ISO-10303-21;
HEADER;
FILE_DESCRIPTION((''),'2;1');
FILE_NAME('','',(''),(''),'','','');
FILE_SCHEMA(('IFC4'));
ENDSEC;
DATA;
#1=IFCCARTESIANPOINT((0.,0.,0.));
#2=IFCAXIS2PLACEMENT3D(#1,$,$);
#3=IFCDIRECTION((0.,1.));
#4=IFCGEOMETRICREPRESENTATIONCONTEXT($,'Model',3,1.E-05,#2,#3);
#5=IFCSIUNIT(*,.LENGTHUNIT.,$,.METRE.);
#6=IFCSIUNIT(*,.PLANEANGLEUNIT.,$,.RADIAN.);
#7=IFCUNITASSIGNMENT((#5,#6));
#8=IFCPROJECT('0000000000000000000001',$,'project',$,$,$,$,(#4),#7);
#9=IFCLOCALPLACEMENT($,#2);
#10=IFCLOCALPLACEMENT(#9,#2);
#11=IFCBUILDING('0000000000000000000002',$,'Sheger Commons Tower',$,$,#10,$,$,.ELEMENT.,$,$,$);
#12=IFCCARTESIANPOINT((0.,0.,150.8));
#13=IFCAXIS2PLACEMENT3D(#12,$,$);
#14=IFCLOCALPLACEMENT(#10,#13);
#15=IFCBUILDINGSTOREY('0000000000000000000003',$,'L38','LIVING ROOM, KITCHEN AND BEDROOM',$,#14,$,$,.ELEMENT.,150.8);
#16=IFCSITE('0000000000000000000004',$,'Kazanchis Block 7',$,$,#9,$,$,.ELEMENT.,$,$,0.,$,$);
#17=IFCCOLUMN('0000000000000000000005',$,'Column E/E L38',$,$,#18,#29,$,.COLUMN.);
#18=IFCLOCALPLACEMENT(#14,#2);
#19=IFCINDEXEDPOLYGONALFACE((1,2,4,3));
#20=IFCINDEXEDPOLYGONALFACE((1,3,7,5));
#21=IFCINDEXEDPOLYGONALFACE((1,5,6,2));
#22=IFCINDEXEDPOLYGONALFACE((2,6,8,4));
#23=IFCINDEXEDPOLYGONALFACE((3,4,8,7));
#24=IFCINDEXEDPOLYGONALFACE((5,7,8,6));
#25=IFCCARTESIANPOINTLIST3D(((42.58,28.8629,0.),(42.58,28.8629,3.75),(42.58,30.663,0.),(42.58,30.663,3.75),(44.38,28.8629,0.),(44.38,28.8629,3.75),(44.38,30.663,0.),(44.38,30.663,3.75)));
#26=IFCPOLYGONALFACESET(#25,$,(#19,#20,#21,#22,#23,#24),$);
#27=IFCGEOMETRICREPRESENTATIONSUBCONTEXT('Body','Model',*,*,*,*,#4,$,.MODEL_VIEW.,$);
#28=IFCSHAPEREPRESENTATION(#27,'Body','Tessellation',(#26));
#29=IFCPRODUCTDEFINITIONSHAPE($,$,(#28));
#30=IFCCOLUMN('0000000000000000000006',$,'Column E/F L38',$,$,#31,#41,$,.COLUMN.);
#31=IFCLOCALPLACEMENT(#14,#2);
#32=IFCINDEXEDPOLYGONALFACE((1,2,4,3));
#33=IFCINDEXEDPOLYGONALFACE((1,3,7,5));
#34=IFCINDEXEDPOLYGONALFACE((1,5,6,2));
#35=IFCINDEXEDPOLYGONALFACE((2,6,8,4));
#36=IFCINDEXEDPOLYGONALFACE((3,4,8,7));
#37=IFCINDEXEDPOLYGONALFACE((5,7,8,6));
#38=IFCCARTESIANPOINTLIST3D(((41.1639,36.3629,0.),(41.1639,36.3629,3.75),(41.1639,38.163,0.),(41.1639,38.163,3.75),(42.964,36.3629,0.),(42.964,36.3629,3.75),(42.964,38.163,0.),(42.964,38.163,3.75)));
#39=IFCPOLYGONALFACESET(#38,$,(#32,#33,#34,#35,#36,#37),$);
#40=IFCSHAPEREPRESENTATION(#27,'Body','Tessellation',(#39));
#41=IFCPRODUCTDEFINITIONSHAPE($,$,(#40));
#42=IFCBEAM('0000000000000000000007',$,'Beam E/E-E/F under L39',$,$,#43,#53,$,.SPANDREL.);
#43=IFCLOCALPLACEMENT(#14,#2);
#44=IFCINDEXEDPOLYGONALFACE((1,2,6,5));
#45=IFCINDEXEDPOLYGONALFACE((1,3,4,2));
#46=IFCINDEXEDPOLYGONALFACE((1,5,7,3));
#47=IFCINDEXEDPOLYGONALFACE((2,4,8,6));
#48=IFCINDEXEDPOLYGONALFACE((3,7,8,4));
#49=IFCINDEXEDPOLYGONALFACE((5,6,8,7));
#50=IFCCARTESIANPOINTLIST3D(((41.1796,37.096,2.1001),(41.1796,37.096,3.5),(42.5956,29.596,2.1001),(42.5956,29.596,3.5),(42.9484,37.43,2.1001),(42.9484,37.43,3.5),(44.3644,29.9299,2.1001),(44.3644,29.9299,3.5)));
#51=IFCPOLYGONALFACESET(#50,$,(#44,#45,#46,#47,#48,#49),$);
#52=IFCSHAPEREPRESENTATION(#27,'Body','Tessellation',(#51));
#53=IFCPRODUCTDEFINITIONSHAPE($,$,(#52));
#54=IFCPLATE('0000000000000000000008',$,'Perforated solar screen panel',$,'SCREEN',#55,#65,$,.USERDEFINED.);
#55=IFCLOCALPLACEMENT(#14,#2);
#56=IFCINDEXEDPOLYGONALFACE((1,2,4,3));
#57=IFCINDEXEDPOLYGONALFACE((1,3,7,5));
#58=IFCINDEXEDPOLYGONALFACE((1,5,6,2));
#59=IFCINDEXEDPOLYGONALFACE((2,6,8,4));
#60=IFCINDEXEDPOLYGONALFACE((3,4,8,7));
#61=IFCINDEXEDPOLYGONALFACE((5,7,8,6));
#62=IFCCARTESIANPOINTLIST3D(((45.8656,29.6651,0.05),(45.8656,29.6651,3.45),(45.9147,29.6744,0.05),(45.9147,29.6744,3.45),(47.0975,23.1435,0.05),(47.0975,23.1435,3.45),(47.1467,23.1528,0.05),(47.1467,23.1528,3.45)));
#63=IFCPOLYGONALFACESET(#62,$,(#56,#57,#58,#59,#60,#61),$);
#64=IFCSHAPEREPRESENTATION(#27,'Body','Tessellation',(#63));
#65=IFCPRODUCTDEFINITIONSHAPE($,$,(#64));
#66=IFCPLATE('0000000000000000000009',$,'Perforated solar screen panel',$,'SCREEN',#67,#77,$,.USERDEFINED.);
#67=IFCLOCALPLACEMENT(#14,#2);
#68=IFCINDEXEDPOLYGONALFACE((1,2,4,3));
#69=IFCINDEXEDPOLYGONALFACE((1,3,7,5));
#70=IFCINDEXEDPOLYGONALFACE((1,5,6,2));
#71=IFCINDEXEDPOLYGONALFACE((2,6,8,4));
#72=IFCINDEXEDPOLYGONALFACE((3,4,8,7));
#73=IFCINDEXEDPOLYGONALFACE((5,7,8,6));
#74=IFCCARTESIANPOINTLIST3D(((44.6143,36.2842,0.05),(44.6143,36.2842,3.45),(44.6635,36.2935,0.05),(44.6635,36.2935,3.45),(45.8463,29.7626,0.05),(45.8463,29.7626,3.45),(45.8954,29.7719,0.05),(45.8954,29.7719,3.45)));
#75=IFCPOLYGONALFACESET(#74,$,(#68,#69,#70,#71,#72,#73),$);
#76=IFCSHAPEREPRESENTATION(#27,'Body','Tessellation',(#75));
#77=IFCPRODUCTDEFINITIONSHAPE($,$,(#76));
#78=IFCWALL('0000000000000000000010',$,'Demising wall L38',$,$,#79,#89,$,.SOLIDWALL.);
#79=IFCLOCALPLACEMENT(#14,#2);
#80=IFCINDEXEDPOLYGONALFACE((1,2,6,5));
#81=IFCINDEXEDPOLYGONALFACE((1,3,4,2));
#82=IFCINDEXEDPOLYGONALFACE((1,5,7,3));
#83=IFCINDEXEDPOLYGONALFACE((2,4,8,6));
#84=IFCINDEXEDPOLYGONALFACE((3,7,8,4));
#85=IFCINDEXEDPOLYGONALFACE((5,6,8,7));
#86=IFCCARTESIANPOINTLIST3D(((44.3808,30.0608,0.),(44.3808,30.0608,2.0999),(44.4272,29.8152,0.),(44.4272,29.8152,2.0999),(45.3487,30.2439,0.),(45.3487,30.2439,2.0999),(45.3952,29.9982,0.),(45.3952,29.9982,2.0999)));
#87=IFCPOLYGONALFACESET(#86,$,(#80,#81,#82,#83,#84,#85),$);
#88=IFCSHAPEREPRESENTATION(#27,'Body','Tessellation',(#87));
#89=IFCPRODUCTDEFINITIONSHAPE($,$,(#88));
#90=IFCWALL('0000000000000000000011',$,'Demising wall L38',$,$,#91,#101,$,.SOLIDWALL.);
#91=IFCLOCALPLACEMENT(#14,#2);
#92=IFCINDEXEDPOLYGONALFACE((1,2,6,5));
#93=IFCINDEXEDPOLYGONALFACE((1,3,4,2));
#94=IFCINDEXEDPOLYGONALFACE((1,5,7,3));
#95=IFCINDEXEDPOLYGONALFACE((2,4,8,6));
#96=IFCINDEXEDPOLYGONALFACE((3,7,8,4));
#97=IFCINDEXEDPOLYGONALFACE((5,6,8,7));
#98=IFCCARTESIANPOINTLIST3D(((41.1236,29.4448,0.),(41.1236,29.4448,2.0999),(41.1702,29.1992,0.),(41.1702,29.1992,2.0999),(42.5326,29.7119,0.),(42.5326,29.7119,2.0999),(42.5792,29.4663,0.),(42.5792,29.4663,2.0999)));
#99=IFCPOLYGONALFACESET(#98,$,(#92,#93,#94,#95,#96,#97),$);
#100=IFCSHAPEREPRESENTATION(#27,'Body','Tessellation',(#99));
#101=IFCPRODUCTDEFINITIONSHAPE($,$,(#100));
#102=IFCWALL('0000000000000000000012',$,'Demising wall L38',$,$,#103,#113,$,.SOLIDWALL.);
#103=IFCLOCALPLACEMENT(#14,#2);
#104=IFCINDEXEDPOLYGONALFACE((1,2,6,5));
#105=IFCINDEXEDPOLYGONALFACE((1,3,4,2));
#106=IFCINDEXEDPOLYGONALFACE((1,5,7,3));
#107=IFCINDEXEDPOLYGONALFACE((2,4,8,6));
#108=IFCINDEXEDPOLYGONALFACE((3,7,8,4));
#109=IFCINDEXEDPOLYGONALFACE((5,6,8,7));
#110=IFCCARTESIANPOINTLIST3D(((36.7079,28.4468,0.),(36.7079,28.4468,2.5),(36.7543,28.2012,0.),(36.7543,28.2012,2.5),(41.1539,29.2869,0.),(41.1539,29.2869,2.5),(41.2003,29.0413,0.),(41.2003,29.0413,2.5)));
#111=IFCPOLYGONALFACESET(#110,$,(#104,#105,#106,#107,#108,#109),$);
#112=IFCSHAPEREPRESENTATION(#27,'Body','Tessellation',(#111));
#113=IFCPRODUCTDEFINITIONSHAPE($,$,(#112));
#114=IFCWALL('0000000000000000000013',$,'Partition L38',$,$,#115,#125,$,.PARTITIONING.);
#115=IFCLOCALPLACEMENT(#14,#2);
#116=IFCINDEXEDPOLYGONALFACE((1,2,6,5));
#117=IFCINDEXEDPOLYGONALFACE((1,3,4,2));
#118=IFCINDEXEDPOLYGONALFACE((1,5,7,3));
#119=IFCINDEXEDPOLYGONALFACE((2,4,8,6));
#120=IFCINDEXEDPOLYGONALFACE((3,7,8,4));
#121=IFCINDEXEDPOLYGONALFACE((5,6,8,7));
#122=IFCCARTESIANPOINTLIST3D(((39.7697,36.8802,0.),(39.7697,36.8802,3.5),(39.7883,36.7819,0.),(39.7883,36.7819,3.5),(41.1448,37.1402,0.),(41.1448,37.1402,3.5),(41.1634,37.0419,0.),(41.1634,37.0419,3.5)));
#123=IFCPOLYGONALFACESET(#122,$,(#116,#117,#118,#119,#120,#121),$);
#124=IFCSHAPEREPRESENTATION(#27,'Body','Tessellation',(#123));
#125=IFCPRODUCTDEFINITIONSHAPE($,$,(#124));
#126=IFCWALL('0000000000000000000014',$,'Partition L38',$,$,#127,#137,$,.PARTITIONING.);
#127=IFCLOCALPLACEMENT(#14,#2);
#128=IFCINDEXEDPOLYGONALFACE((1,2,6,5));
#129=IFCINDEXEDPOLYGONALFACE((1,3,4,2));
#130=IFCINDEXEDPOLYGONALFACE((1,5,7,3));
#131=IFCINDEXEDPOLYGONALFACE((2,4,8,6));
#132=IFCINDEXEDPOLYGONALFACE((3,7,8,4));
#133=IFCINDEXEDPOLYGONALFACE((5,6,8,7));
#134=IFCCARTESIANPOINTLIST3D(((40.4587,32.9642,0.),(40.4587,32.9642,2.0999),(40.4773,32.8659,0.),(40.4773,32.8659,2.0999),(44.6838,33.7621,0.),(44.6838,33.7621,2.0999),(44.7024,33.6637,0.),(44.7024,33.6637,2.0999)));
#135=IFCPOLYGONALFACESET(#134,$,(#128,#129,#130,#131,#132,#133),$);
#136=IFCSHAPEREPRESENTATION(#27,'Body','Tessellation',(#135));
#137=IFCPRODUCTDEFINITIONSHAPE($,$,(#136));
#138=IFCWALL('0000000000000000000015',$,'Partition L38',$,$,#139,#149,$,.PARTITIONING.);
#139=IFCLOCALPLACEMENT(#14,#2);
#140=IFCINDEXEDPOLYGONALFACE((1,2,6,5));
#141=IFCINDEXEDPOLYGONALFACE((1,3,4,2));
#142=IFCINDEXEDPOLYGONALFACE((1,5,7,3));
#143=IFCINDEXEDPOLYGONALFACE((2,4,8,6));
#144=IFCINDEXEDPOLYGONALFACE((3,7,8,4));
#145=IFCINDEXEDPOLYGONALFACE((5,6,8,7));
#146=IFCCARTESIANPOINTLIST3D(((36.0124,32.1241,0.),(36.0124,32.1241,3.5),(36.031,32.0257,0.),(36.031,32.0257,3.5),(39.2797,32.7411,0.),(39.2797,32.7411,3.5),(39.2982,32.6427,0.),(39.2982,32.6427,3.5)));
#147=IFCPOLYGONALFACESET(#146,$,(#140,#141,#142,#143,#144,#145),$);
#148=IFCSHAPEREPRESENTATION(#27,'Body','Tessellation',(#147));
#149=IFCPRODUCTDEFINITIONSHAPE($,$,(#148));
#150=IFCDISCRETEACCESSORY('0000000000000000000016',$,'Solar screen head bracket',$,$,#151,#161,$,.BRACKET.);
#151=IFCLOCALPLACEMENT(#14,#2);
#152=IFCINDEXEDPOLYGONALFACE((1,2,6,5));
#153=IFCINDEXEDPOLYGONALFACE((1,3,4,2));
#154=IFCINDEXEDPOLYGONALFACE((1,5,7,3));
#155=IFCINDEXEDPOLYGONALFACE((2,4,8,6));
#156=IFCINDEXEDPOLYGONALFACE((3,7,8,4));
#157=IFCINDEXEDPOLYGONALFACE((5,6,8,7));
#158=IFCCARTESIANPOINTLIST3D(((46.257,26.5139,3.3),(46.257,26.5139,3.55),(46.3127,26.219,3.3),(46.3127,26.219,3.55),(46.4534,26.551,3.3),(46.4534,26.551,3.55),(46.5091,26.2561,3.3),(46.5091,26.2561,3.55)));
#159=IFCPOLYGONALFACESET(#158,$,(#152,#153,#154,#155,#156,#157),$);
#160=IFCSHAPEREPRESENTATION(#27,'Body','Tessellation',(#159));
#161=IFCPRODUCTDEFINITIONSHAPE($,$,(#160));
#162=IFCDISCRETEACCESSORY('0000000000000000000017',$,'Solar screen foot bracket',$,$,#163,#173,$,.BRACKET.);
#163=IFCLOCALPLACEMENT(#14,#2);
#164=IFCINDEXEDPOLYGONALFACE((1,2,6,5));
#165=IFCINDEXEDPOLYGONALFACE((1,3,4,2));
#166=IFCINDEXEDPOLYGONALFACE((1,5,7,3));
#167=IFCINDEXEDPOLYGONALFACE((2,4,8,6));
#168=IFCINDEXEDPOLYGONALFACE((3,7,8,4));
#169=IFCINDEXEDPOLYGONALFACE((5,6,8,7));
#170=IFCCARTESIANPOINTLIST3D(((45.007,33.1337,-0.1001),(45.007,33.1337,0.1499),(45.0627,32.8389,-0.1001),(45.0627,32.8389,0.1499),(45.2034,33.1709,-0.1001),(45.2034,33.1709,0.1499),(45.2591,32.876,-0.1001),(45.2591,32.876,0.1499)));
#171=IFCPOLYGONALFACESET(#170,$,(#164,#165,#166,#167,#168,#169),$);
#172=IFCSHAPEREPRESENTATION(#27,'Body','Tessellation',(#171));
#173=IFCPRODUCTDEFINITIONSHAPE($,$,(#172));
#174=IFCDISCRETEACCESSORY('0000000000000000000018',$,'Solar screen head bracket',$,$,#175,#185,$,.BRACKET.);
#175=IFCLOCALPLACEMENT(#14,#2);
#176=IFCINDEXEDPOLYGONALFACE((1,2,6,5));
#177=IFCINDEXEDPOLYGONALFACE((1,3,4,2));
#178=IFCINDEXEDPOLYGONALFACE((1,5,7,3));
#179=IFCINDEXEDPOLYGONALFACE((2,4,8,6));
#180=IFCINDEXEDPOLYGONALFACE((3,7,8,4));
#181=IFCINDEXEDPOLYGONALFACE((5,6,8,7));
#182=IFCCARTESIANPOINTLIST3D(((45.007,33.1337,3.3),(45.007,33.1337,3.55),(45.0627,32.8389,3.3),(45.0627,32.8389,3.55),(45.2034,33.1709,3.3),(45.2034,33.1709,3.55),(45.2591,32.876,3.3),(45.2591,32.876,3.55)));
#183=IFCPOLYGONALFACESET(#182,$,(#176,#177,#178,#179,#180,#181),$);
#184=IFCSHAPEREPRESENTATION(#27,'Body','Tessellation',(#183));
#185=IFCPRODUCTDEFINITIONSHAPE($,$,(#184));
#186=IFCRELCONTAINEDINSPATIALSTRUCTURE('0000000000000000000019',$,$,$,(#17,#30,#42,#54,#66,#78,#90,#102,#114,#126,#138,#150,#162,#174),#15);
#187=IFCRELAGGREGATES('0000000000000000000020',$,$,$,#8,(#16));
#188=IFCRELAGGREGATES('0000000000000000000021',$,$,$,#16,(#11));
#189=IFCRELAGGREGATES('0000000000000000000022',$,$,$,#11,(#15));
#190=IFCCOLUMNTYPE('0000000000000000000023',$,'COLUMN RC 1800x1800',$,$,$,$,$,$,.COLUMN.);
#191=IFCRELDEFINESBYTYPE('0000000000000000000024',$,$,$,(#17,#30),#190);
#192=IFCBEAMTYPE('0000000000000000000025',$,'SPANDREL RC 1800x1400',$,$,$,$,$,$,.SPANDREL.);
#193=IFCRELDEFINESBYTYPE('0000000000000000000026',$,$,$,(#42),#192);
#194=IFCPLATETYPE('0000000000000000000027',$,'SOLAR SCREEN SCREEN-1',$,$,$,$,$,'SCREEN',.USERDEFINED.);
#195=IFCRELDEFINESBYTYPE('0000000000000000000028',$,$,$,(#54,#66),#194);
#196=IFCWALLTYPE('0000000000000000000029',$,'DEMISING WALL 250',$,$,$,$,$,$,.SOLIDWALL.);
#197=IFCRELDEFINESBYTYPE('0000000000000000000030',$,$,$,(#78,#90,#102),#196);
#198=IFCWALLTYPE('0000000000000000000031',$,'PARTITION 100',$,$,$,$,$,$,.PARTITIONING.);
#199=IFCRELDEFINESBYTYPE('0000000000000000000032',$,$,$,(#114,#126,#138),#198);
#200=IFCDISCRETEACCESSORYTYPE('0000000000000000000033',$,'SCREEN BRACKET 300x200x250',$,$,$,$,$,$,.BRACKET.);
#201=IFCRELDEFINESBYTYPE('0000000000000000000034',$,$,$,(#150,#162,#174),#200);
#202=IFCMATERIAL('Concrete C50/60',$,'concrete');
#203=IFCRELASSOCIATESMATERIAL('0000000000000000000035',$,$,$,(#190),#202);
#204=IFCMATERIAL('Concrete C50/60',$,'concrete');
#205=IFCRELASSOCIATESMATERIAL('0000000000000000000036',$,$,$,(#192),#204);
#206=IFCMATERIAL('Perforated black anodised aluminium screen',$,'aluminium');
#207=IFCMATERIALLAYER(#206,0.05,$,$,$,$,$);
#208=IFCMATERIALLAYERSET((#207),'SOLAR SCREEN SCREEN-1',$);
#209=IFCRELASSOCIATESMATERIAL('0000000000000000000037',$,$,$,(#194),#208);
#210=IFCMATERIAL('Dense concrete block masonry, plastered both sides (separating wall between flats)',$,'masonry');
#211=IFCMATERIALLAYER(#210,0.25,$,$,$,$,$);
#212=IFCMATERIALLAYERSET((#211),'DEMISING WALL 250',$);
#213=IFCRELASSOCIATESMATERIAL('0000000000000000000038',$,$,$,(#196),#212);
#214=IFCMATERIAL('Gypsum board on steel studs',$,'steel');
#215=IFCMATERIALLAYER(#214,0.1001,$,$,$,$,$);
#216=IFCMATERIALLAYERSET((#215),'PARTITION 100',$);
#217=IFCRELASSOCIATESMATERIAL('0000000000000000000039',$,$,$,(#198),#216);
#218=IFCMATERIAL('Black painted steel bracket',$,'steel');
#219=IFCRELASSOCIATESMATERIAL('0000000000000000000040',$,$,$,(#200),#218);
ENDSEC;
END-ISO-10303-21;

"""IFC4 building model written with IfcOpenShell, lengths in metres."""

from ifc_helpers import new_model, si_unit, direction, frame, frame_2d, origin, origin_2d, place, context, subcontext, project, spatial, rectangle, extrude, material, layer, layer_set, material_profile, profile_set, type_object, element, save


model = new_model("IFC4")

# Units and contexts
model_context = context("Model", 3, precision=1e-05, world=origin(), true_north=direction((0.0, 1.0)))
body_context = subcontext(model_context, "Body", "Model", "MODEL_VIEW")
ifc_project = project(units=[si_unit("LENGTHUNIT", "METRE"), si_unit("PLANEANGLEUNIT", "RADIAN")], contexts=[model_context])

# Site, building, storey
site_placement = place(None, origin())
site = spatial("IfcSite", under=ifc_project, at=site_placement, Name="Kazanchis Block 7", CompositionType="ELEMENT", RefElevation=0.0)
building_placement = place(site_placement, origin())
building = spatial("IfcBuilding", under=site, at=building_placement, Name="Sheger Commons Tower", CompositionType="ELEMENT")
storey_placement = place(building_placement, frame((0.0, 0.0, 150.8)))
storey = spatial("IfcBuildingStorey", under=building, at=storey_placement, Name="L38", Description="LIVING ROOM, KITCHEN AND BEDROOM", CompositionType="ELEMENT", Elevation=150.8)

# Columns
ifc_material_1 = material(Name="Concrete C50/60", Category="concrete")
ifc_material_profile_1 = material_profile(ifc_material_1, rectangle(XDim=1.8, YDim=1.8, at=origin_2d()), Name="RC 1800x1800")
ifc_profile_set_1 = profile_set([ifc_material_profile_1], Name="Concrete C50/60")
column_type = type_object("IfcColumnType", Name="COLUMN RC 1800x1800", PredefinedType="COLUMN", material=ifc_profile_set_1)
for number, where, z_axis, x_axis, name in (
    (1, (43.48, 29.7629, 0.0), (0.0, 0.0, 1.0), (1.0, 0.0, 0.0), "Column E/E L38"),
    (2, (42.064, 37.2629, 0.0), (0.0, 0.0, 1.0), (1.0, 0.0, 0.0), "Column E/F L38"),
):
    element("IfcColumn", number, at=place(storey_placement, frame(where, z_axis=z_axis, x_axis=x_axis)), inside=storey, type_object=column_type, Name=name, PredefinedType="COLUMN", context=body_context, shape_type="SweptSolid", body=[
        extrude(rectangle(XDim=1.8, YDim=1.8, at=origin_2d()), origin(), (0.0, 0.0, 1.0), 3.75),
    ])

# Beam
ifc_material_2 = material(Name="Concrete C50/60", Category="concrete")
ifc_material_profile_2 = material_profile(ifc_material_2, rectangle(XDim=1.8, YDim=1.3999, at=origin_2d()), Name="RC 1800x1400")
ifc_profile_set_2 = profile_set([ifc_material_profile_2], Name="Concrete C50/60")
beam_type = type_object("IfcBeamType", Name="SPANDREL RC 1800x1400", PredefinedType="SPANDREL", material=ifc_profile_set_2)
beam_placement = place(storey_placement, frame((43.48, 29.7629, 2.8), z_axis=(-0.185524, 0.98264, 0.0), x_axis=(-0.98264, -0.185524, 0.0)))
element("IfcBeam", 3, at=beam_placement, inside=storey, type_object=beam_type, Name="Beam E/E-E/F under L39", PredefinedType="SPANDREL", context=body_context, shape_type="SweptSolid", body=[
    extrude(rectangle(XDim=1.8, YDim=1.3999, at=origin_2d()), origin(), (0.0, 0.0, 1.0), 7.6326),
])

# Plates
ifc_material_3 = material(Name="Perforated black anodised aluminium screen", Category="aluminium")
ifc_layer_1 = layer(ifc_material_3, 0.05)
ifc_layer_set_1 = layer_set([ifc_layer_1], Name="SOLAR SCREEN SCREEN-1")
plate_type = type_object("IfcPlateType", Name="SOLAR SCREEN SCREEN-1", ElementType="SCREEN", PredefinedType="USERDEFINED", material=ifc_layer_set_1)
for number, where, z_axis, x_axis, name in (
    (4, (46.5061, 26.4089, 0.05), (0.0, 0.0, 1.0), (-0.185615, 0.982623, 0.0), "Perforated solar screen panel"),
    (5, (45.2549, 33.0281, 0.05), (0.0, 0.0, 1.0), (-0.185615, 0.982623, 0.0), "Perforated solar screen panel"),
):
    element("IfcPlate", number, at=place(storey_placement, frame(where, z_axis=z_axis, x_axis=x_axis)), inside=storey, type_object=plate_type, Name=name, ObjectType="SCREEN", PredefinedType="USERDEFINED", context=body_context, shape_type="SweptSolid", body=[
        extrude(rectangle(XDim=6.637, YDim=0.05, at=origin_2d()), origin(), (0.0, 0.0, 1.0), 3.3999),
    ])

# Walls
ifc_material_4 = material(Name="Dense concrete block masonry, plastered both sides (separating wall between flats)", Category="masonry")
ifc_layer_2 = layer(ifc_material_4, 0.25)
ifc_layer_set_2 = layer_set([ifc_layer_2], Name="DEMISING WALL 250")
wall_type_1 = type_object("IfcWallType", Name="DEMISING WALL 250", PredefinedType="SOLIDWALL", material=ifc_layer_set_2)
wall_1_placement = place(storey_placement, frame((45.3721, 30.1211, 0.0), z_axis=(0.0, 0.0, 1.0), x_axis=(-0.982576, -0.185859, 0.0)))
element("IfcWall", 6, at=wall_1_placement, inside=storey, type_object=wall_type_1, Name="Demising wall L38", PredefinedType="SOLIDWALL", context=body_context, shape_type="SweptSolid", body=[
    extrude(rectangle(XDim=0.9851, YDim=0.25, at=frame_2d((0.4927, 0.0))), origin(), (0.0, 0.0, 1.0), 2.0999),
])
wall_2_placement = place(storey_placement, frame((42.5559, 29.5891, 0.0), z_axis=(0.0, 0.0, 1.0), x_axis=(-0.982502, -0.186251, 0.0)))
element("IfcWall", 7, at=wall_2_placement, inside=storey, type_object=wall_type_1, Name="Demising wall L38", PredefinedType="SOLIDWALL", context=body_context, shape_type="SweptSolid", body=[
    extrude(rectangle(XDim=1.4341, YDim=0.25, at=frame_2d((0.717, 0.0))), origin(), (0.0, 0.0, 1.0), 2.0999),
])
wall_3_placement = place(storey_placement, frame((41.177, 29.1641, 0.0), z_axis=(0.0, 0.0, 1.0), x_axis=(-0.982613, -0.185666, 0.0)))
element("IfcWall", 8, at=wall_3_placement, inside=storey, type_object=wall_type_1, Name="Demising wall L38", PredefinedType="SOLIDWALL", context=body_context, shape_type="SweptSolid", body=[
    extrude(rectangle(XDim=4.5247, YDim=0.25, at=frame_2d((2.2622, 0.0))), origin(), (0.0, 0.0, 1.0), 2.5),
])
ifc_material_5 = material(Name="Gypsum board on steel studs", Category="steel")
ifc_layer_3 = layer(ifc_material_5, 0.1001)
ifc_layer_set_3 = layer_set([ifc_layer_3], Name="PARTITION 100")
wall_type_2 = type_object("IfcWallType", Name="PARTITION 100", PredefinedType="PARTITIONING", material=ifc_layer_set_3)
wall_4_placement = place(storey_placement, frame((41.1541, 37.0911, 0.0), z_axis=(0.0, 0.0, 1.0), x_axis=(-0.982587, -0.185805, 0.0)))
element("IfcWall", 9, at=wall_4_placement, inside=storey, type_object=wall_type_2, Name="Partition L38", PredefinedType="PARTITIONING", context=body_context, shape_type="SweptSolid", body=[
    extrude(rectangle(XDim=1.3994, YDim=0.1001, at=frame_2d((0.6997, 0.0))), origin(), (0.0, 0.0, 1.0), 3.5),
])
wall_5_placement = place(storey_placement, frame((44.6931, 33.7129, 0.0), z_axis=(0.0, 0.0, 1.0), x_axis=(-0.982634, -0.185557, 0.0)))
element("IfcWall", 10, at=wall_5_placement, inside=storey, type_object=wall_type_2, Name="Partition L38", PredefinedType="PARTITIONING", context=body_context, shape_type="SweptSolid", body=[
    extrude(rectangle(XDim=4.2998, YDim=0.1001, at=frame_2d((2.1499, 0.0))), origin(), (0.0, 0.0, 1.0), 2.0999),
])
wall_6_placement = place(storey_placement, frame((39.2891, 32.6919, 0.0), z_axis=(0.0, 0.0, 1.0), x_axis=(-0.982634, -0.185556, 0.0)))
element("IfcWall", 11, at=wall_6_placement, inside=storey, type_object=wall_type_2, Name="Partition L38", PredefinedType="PARTITIONING", context=body_context, shape_type="SweptSolid", body=[
    extrude(rectangle(XDim=3.325, YDim=0.1001, at=frame_2d((1.6626, 0.0))), origin(), (0.0, 0.0, 1.0), 3.5),
])

# Discrete accessories
ifc_material_6 = material(Name="Black painted steel bracket", Category="steel")
discrete_accessory_type = type_object("IfcDiscreteAccessoryType", Name="SCREEN BRACKET 300x200x250", PredefinedType="BRACKET", material=ifc_material_6)
for number, where, z_axis, x_axis, name in (
    (12, (46.3831, 26.385, 3.3), (0.0, 0.0, 1.0), (-0.185615, 0.982623, 0.0), "Solar screen head bracket"),
    (13, (45.1331, 33.0049, -0.1001), (0.0, 0.0, 1.0), (-0.185615, 0.982623, 0.0), "Solar screen foot bracket"),
    (14, (45.1331, 33.0049, 3.3), (0.0, 0.0, 1.0), (-0.185615, 0.982623, 0.0), "Solar screen head bracket"),
):
    element("IfcDiscreteAccessory", number, at=place(storey_placement, frame(where, z_axis=z_axis, x_axis=x_axis)), inside=storey, type_object=discrete_accessory_type, Name=name, PredefinedType="BRACKET", context=body_context, shape_type="SweptSolid", body=[
        extrude(rectangle(XDim=0.3, YDim=0.2, at=origin_2d()), origin(), (0.0, 0.0, 1.0), 0.25),
    ])

save(model, "model.ifc")
